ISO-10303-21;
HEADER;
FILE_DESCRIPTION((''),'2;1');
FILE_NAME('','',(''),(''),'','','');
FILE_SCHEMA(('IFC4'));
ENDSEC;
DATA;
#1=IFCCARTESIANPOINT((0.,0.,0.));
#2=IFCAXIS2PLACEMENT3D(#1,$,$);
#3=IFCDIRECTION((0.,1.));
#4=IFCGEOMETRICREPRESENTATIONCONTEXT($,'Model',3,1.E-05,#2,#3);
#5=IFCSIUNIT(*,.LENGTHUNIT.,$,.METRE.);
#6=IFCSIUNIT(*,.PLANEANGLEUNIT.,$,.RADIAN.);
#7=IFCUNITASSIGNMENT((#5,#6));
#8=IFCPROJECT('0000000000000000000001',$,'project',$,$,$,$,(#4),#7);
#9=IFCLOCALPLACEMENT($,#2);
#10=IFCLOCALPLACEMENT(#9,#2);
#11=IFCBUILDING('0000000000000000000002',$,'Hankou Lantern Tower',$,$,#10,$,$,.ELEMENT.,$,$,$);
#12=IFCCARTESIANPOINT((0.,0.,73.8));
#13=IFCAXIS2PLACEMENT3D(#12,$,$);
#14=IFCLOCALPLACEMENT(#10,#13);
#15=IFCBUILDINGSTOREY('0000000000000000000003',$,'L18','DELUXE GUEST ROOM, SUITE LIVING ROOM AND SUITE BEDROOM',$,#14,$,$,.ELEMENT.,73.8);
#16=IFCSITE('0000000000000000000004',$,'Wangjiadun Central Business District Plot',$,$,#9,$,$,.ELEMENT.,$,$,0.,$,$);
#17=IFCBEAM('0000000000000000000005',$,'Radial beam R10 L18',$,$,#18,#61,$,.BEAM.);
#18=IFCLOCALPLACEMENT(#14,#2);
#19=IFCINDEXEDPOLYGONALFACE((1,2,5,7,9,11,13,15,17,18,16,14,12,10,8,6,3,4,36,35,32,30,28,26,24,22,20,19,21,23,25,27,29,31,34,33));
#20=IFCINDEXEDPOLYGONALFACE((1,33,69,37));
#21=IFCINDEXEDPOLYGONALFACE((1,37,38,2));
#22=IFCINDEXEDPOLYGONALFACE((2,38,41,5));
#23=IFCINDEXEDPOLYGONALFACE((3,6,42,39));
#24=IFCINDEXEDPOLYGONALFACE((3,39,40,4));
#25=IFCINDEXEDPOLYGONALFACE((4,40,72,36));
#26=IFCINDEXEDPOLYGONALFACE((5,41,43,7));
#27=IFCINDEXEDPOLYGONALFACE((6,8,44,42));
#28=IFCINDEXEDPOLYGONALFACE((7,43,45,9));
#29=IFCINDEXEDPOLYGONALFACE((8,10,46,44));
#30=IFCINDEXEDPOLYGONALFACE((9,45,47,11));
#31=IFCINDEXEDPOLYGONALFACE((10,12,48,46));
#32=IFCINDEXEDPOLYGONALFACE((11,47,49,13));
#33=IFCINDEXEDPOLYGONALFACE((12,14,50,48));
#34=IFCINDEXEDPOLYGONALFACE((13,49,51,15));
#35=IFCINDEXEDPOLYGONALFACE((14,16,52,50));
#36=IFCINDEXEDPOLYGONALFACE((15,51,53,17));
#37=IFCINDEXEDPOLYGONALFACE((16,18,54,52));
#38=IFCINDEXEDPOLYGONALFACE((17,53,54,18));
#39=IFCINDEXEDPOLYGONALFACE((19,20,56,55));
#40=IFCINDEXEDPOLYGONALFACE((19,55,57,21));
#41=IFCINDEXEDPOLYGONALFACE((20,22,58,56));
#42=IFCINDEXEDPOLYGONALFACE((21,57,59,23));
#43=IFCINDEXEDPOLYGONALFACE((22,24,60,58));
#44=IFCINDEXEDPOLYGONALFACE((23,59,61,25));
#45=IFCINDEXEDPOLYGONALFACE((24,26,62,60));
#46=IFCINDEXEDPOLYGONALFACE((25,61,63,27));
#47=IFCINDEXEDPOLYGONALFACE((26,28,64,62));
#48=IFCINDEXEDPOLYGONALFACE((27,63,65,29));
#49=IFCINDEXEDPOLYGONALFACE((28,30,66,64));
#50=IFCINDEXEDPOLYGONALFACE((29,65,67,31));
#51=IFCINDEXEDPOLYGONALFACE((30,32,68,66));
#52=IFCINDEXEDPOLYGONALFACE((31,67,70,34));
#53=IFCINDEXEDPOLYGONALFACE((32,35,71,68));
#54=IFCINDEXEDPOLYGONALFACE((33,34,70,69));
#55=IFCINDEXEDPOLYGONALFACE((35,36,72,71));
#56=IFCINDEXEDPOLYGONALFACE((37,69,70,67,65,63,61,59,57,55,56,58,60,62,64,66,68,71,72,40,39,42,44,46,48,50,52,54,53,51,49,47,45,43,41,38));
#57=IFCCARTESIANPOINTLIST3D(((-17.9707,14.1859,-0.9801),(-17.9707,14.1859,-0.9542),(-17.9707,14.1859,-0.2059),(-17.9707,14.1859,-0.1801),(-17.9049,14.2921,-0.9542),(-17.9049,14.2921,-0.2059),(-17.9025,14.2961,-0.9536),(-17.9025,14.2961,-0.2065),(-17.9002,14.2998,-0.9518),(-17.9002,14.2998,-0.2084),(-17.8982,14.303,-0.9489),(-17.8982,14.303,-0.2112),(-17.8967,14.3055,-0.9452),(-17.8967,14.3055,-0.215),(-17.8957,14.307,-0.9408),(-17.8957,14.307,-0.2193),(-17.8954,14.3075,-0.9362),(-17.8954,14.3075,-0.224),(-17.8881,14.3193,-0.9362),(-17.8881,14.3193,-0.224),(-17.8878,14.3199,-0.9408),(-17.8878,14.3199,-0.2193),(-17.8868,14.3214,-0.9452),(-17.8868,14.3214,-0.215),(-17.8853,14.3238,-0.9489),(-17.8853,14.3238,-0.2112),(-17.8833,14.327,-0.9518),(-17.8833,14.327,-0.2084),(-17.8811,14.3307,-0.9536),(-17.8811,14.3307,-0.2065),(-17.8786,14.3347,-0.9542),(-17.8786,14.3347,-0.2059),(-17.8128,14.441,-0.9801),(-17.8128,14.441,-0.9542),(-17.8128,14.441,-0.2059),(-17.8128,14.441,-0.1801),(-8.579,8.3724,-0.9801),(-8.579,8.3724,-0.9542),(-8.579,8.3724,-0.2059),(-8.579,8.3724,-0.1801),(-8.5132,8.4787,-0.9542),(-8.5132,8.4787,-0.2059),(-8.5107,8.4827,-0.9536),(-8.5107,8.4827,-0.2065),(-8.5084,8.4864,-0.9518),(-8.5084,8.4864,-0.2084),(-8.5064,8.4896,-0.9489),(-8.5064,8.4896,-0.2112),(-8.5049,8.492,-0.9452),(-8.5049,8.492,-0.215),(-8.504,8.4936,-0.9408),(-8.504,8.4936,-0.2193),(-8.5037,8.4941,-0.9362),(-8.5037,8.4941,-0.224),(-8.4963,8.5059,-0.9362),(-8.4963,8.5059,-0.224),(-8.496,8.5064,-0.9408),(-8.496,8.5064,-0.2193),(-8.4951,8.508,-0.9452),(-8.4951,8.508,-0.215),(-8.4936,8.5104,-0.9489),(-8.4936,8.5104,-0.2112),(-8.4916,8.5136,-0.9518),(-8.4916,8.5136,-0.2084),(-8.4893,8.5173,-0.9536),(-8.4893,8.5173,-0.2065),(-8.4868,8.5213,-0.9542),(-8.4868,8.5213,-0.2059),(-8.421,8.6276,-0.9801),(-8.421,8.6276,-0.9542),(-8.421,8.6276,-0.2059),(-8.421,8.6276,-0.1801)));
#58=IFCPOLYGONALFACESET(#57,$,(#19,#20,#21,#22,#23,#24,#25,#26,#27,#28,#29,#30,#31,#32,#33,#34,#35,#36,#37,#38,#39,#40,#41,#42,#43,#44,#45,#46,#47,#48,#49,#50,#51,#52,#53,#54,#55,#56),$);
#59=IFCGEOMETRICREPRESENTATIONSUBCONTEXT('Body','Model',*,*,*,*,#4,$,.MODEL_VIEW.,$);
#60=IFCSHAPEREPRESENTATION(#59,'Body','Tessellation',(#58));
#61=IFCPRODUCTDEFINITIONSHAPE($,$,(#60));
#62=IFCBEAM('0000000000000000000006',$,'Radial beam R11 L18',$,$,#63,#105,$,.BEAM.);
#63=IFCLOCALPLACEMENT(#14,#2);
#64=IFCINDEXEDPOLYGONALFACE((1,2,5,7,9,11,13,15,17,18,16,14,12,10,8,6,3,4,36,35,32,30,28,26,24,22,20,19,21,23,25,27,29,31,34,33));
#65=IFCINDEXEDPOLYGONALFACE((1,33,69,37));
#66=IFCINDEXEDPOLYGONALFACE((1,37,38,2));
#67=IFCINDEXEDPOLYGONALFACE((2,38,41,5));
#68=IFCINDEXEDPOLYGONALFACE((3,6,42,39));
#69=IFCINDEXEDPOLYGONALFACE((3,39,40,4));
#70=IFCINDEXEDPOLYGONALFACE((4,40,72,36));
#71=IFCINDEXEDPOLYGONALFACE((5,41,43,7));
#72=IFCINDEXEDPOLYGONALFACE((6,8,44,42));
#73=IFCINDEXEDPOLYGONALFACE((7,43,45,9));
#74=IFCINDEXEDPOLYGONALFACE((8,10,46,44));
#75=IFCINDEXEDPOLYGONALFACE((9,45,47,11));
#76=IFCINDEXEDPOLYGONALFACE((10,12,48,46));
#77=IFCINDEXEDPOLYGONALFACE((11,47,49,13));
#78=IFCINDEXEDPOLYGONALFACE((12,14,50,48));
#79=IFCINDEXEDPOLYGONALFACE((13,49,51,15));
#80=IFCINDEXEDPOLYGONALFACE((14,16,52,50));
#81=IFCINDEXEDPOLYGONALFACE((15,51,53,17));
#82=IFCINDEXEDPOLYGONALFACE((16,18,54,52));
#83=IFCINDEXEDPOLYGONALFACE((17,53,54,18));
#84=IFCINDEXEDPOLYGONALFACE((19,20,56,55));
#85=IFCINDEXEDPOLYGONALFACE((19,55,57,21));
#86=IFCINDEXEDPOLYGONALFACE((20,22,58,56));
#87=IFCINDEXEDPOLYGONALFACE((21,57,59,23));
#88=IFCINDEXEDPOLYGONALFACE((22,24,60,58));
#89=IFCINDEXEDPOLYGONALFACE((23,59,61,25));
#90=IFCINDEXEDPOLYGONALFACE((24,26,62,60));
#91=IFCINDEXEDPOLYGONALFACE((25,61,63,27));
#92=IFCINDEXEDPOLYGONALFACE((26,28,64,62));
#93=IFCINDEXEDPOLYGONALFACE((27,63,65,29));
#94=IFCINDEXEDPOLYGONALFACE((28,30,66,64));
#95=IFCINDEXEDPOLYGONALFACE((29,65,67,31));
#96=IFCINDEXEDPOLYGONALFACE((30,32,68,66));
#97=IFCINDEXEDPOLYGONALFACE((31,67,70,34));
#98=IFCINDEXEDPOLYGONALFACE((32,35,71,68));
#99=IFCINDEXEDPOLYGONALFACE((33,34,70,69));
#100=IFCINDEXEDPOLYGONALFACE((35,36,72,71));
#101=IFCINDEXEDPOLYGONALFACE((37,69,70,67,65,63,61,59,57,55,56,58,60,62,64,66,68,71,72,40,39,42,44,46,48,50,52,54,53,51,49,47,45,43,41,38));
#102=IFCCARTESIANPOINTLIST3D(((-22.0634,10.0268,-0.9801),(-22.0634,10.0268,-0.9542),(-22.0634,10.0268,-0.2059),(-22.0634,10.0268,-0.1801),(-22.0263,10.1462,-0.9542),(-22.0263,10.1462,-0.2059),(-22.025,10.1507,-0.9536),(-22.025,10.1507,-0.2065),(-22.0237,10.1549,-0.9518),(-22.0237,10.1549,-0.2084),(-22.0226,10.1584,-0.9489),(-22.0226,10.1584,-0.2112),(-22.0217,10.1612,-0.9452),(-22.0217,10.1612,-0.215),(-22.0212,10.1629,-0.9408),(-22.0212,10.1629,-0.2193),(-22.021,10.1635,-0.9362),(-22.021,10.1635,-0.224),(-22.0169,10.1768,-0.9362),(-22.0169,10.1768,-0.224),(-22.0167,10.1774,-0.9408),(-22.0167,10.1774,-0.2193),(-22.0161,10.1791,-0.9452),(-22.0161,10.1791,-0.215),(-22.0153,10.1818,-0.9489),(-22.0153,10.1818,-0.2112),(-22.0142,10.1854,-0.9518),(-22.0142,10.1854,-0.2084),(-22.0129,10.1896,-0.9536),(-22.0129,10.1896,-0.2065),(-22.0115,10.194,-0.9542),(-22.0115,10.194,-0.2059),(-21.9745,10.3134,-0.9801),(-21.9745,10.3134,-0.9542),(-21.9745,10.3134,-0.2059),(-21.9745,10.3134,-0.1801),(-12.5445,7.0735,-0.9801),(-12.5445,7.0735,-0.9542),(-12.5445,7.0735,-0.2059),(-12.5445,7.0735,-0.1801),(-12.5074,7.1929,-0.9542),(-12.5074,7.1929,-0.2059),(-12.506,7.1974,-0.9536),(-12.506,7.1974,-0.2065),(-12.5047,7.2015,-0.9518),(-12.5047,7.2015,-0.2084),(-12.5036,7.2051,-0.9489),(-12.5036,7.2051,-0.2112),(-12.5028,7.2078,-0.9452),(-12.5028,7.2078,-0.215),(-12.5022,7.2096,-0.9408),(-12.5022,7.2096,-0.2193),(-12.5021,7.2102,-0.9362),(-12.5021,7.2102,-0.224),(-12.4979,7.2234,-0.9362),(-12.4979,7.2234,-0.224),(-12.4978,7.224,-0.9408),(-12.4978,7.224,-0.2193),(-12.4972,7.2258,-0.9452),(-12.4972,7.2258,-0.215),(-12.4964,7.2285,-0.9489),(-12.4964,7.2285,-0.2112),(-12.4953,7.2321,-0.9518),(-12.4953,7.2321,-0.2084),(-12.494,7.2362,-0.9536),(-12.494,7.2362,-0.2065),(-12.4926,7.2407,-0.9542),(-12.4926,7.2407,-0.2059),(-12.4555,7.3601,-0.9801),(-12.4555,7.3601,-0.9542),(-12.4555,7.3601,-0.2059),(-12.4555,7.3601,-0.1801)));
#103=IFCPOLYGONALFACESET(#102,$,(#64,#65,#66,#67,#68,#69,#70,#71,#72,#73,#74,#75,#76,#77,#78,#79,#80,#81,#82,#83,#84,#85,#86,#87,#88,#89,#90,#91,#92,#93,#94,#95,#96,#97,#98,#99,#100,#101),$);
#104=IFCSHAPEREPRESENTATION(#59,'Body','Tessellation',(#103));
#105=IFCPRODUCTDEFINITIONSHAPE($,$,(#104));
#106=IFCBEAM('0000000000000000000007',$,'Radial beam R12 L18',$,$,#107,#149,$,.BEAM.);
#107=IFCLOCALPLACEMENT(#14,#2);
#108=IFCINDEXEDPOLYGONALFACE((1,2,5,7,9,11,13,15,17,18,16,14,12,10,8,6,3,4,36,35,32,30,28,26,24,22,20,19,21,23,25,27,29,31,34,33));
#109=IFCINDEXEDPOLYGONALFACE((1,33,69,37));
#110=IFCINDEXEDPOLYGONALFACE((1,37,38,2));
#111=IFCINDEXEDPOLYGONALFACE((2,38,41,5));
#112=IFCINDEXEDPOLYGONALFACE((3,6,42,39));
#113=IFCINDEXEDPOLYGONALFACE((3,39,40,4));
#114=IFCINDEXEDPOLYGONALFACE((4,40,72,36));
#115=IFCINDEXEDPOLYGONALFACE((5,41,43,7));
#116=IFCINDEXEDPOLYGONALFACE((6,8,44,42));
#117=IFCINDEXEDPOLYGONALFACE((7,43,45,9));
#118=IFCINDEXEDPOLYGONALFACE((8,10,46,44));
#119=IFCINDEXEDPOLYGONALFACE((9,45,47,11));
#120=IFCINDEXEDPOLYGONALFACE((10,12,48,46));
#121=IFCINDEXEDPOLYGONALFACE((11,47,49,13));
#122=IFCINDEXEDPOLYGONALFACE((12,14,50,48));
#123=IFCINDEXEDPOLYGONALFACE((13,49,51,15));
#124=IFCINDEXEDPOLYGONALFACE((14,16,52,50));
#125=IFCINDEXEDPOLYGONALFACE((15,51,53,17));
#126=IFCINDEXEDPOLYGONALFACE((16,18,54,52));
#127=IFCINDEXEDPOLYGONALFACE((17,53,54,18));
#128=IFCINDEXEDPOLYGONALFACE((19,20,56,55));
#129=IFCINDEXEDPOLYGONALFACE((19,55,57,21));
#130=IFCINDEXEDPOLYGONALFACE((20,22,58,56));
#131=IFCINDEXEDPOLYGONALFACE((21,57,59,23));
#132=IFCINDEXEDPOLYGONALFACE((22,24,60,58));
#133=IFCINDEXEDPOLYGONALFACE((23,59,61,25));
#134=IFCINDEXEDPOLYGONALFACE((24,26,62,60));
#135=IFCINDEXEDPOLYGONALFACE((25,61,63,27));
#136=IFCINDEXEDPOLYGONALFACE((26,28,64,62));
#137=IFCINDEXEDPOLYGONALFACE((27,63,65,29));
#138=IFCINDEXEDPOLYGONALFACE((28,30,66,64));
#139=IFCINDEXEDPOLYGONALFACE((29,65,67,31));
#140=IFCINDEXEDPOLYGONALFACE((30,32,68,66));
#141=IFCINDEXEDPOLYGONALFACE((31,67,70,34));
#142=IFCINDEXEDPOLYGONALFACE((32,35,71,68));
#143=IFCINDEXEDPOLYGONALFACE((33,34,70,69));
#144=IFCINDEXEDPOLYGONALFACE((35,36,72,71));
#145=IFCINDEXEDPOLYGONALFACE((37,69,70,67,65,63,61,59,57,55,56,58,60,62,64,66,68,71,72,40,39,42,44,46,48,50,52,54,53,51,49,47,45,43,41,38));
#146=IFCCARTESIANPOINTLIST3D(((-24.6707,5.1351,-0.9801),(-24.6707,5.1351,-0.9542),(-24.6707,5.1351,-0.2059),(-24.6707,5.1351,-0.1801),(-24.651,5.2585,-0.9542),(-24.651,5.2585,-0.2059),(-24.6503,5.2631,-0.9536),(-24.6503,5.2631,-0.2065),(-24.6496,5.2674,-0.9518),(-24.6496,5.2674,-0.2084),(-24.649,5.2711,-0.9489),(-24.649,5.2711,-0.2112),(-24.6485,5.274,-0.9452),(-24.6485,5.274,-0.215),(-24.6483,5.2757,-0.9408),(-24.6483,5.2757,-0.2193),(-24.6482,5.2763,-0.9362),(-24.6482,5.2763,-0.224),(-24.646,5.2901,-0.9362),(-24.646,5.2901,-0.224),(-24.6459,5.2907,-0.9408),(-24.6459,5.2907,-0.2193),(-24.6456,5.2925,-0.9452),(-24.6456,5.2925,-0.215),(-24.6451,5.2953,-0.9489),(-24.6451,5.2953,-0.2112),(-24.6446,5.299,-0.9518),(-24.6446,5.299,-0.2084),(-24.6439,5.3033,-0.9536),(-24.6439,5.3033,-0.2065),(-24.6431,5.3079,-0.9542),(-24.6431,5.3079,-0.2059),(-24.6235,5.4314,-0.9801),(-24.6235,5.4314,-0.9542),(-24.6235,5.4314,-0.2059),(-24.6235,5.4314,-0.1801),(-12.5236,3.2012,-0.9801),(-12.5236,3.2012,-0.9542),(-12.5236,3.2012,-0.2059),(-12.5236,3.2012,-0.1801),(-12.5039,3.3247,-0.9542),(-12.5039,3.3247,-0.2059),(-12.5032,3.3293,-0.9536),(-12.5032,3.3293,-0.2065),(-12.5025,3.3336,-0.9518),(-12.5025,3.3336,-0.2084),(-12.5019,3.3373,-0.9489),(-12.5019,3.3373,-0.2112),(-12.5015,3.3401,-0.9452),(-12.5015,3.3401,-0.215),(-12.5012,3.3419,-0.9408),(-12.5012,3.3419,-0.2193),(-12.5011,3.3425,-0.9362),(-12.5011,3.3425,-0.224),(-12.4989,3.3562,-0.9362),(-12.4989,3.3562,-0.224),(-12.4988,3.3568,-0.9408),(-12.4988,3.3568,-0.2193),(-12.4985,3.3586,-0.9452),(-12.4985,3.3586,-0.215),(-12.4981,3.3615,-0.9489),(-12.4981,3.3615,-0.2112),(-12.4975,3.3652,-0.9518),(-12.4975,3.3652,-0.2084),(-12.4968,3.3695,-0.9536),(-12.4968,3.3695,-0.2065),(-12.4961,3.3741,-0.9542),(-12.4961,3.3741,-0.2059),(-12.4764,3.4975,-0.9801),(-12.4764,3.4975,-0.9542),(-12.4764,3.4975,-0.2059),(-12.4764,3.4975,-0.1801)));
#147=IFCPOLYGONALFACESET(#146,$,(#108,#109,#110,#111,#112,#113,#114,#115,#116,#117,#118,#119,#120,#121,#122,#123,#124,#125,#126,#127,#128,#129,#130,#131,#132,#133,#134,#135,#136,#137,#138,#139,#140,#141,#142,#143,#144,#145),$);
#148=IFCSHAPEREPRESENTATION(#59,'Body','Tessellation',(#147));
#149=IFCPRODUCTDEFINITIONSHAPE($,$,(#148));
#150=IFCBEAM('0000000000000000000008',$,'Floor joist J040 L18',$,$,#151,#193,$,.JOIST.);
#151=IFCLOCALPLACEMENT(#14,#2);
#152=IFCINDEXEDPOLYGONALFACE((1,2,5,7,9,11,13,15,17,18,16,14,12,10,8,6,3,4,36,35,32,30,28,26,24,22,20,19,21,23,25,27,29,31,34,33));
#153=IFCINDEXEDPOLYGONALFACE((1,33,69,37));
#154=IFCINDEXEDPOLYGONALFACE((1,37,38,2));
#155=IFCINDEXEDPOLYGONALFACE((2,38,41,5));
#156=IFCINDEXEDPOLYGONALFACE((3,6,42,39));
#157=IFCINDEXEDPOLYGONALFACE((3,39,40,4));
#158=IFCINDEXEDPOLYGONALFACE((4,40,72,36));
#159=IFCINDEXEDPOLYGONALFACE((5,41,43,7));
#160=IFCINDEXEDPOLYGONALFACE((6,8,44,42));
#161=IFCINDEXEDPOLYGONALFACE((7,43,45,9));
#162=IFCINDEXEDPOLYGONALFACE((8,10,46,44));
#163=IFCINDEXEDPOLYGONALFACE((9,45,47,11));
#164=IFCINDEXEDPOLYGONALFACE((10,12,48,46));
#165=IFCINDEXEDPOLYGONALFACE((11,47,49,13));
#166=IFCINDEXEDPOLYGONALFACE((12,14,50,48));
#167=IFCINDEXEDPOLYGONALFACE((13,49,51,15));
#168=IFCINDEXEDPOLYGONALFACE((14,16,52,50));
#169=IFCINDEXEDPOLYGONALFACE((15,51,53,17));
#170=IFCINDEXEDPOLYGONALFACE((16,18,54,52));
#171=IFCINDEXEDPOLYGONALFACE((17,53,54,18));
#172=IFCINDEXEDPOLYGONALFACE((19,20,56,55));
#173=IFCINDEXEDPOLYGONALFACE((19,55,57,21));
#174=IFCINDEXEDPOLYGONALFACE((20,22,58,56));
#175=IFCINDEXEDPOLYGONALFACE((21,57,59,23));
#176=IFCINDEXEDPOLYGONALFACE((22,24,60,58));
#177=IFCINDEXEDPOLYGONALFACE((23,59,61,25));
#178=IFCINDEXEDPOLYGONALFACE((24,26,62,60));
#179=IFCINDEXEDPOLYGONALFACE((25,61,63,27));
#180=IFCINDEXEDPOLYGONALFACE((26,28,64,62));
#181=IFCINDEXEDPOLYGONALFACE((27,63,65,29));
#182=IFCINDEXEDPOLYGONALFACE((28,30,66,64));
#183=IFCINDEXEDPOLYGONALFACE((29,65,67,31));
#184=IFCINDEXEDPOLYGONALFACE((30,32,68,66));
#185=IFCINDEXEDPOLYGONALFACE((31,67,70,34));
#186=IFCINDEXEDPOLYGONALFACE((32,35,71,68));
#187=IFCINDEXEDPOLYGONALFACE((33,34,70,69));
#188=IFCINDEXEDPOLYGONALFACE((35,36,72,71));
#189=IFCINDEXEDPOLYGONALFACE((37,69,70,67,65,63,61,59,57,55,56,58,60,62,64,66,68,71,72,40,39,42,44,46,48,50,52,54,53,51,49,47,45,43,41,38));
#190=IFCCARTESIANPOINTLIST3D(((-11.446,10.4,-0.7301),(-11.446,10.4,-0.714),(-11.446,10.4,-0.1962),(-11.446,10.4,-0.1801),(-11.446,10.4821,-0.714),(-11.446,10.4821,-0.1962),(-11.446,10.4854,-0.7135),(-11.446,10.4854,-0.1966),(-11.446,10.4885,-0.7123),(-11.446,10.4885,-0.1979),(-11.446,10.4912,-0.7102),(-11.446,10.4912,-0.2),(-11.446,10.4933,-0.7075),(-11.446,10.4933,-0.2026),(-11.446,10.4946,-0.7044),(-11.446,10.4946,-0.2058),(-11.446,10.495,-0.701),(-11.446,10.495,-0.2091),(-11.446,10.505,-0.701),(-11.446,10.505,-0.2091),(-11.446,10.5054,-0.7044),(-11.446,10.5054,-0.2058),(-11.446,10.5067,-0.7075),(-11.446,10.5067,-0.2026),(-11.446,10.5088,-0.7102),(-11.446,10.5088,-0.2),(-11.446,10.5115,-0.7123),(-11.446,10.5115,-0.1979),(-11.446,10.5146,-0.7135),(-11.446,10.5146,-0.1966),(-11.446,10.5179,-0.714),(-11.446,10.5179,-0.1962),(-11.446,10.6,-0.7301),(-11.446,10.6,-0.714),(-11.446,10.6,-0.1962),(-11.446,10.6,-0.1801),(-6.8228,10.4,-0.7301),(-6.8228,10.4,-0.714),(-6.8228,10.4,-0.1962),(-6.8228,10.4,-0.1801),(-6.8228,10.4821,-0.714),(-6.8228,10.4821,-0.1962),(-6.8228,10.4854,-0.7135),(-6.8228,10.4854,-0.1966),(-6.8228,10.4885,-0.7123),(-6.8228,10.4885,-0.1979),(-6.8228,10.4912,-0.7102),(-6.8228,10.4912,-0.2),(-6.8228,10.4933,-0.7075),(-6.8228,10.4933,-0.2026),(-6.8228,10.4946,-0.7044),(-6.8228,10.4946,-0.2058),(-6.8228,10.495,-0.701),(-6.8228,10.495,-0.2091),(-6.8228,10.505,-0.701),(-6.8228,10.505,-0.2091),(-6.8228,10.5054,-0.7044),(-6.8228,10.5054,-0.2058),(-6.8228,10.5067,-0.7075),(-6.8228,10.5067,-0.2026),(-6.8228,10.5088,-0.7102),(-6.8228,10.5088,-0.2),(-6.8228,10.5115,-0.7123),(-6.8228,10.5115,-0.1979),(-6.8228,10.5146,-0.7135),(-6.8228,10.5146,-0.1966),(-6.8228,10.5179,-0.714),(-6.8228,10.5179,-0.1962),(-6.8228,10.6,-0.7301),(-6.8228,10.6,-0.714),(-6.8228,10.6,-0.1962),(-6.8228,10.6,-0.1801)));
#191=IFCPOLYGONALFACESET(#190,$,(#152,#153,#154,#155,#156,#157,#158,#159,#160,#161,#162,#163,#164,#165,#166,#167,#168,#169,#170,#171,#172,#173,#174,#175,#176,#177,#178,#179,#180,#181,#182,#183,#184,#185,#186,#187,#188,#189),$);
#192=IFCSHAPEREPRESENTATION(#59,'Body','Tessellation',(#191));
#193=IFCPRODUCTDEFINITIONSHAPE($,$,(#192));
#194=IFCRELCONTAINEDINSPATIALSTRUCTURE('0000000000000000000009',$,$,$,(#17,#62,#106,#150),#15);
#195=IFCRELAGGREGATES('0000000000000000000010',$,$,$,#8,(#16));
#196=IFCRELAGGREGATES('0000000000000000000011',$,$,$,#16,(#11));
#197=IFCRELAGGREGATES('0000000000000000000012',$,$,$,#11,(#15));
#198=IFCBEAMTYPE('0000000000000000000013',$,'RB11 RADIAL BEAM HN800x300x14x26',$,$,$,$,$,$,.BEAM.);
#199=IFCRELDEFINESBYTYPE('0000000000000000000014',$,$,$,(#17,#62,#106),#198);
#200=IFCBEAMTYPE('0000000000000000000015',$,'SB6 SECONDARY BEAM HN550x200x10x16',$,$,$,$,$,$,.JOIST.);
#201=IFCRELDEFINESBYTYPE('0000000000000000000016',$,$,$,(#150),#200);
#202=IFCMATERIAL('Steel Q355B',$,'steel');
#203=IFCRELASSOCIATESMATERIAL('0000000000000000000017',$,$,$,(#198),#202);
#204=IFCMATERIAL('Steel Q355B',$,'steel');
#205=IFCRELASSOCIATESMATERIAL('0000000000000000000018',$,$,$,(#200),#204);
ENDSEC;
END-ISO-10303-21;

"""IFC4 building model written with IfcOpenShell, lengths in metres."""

from ifc_helpers import new_model, si_unit, direction, frame, origin, origin_2d, place, context, subcontext, project, spatial, i_section, extrude, material, material_profile, profile_set, type_object, element, save


model = new_model("IFC4")

# Units and contexts
model_context = context("Model", 3, precision=1e-05, world=origin(), true_north=direction((0.0, 1.0)))
body_context = subcontext(model_context, "Body", "Model", "MODEL_VIEW")
ifc_project = project(units=[si_unit("LENGTHUNIT", "METRE"), si_unit("PLANEANGLEUNIT", "RADIAN")], contexts=[model_context])

# Site, building, storey
site_placement = place(None, origin())
site = spatial("IfcSite", under=ifc_project, at=site_placement, Name="Wangjiadun Central Business District Plot", CompositionType="ELEMENT", RefElevation=0.0)
building_placement = place(site_placement, origin())
building = spatial("IfcBuilding", under=site, at=building_placement, Name="Hankou Lantern Tower", CompositionType="ELEMENT")
storey_placement = place(building_placement, frame((0.0, 0.0, 73.8)))
storey = spatial("IfcBuildingStorey", under=building, at=storey_placement, Name="L18", Description="DELUXE GUEST ROOM, SUITE LIVING ROOM AND SUITE BEDROOM", CompositionType="ELEMENT", Elevation=73.8)

# Beams
ifc_material_1 = material(Name="Steel Q355B", Category="steel")
ifc_material_profile_1 = material_profile(ifc_material_1, i_section(OverallWidth=0.3, OverallDepth=0.8, WebThickness=0.0139, FlangeThickness=0.0259, FilletRadius=0.0181, at=origin_2d()), Name="HN800x300x14x26")
ifc_profile_set_1 = profile_set([ifc_material_profile_1], Name="Steel Q355B")
beam_type_1 = type_object("IfcBeamType", Name="RB11 RADIAL BEAM HN800x300x14x26", PredefinedType="BEAM", material=ifc_profile_set_1)
beam_1_placement = place(storey_placement, frame((-8.5, 8.5, -0.5801), z_axis=(-0.850286, 0.52632, 0.0), x_axis=(-0.52632, -0.850286, 0.0)))
element("IfcBeam", 1, at=beam_1_placement, inside=storey, type_object=beam_type_1, Name="Radial beam R10 L18", PredefinedType="BEAM", context=body_context, shape_type="SweptSolid", body=[
    extrude(i_section(OverallWidth=0.3, OverallDepth=0.8, WebThickness=0.0139, FlangeThickness=0.0259, FilletRadius=0.0181, at=origin_2d()), origin(), (0.0, 0.0, 1.0), 11.0454),
])
beam_2_placement = place(storey_placement, frame((-12.5, 7.2168, -0.5801), z_axis=(-0.955087, 0.296324, 0.0), x_axis=(-0.296324, -0.955087, 0.0)))
element("IfcBeam", 2, at=beam_2_placement, inside=storey, type_object=beam_type_1, Name="Radial beam R11 L18", PredefinedType="BEAM", context=body_context, shape_type="SweptSolid", body=[
    extrude(i_section(OverallWidth=0.3, OverallDepth=0.8, WebThickness=0.0139, FlangeThickness=0.0259, FilletRadius=0.0181, at=origin_2d()), origin(), (0.0, 0.0, 1.0), 9.9666),
])
beam_3_placement = place(storey_placement, frame((-12.5, 3.3494, -0.5801), z_axis=(-0.987563, 0.157223, 0.0), x_axis=(-0.157223, -0.987563, 0.0)))
element("IfcBeam", 3, at=beam_3_placement, inside=storey, type_object=beam_type_1, Name="Radial beam R12 L18", PredefinedType="BEAM", context=body_context, shape_type="SweptSolid", body=[
    extrude(i_section(OverallWidth=0.3, OverallDepth=0.8, WebThickness=0.0139, FlangeThickness=0.0259, FilletRadius=0.0181, at=origin_2d()), origin(), (0.0, 0.0, 1.0), 12.3),
])
ifc_material_2 = material(Name="Steel Q355B", Category="steel")
ifc_material_profile_2 = material_profile(ifc_material_2, i_section(OverallWidth=0.2, OverallDepth=0.55, WebThickness=0.01, FlangeThickness=0.0161, FilletRadius=0.0129, at=origin_2d()), Name="HN550x200x10x16")
ifc_profile_set_2 = profile_set([ifc_material_profile_2], Name="Steel Q355B")
beam_type_2 = type_object("IfcBeamType", Name="SB6 SECONDARY BEAM HN550x200x10x16", PredefinedType="JOIST", material=ifc_profile_set_2)
beam_4_placement = place(storey_placement, frame((-11.446, 10.5, -0.4551), z_axis=(1.0, 0.0, 0.0), x_axis=(0.0, 1.0, 0.0)))
element("IfcBeam", 4, at=beam_4_placement, inside=storey, type_object=beam_type_2, Name="Floor joist J040 L18", PredefinedType="JOIST", context=body_context, shape_type="SweptSolid", body=[
    extrude(i_section(OverallWidth=0.2, OverallDepth=0.55, WebThickness=0.01, FlangeThickness=0.0161, FilletRadius=0.0129, at=origin_2d()), origin(), (0.0, 0.0, 1.0), 4.6233),
])

save(model, "model.ifc")
